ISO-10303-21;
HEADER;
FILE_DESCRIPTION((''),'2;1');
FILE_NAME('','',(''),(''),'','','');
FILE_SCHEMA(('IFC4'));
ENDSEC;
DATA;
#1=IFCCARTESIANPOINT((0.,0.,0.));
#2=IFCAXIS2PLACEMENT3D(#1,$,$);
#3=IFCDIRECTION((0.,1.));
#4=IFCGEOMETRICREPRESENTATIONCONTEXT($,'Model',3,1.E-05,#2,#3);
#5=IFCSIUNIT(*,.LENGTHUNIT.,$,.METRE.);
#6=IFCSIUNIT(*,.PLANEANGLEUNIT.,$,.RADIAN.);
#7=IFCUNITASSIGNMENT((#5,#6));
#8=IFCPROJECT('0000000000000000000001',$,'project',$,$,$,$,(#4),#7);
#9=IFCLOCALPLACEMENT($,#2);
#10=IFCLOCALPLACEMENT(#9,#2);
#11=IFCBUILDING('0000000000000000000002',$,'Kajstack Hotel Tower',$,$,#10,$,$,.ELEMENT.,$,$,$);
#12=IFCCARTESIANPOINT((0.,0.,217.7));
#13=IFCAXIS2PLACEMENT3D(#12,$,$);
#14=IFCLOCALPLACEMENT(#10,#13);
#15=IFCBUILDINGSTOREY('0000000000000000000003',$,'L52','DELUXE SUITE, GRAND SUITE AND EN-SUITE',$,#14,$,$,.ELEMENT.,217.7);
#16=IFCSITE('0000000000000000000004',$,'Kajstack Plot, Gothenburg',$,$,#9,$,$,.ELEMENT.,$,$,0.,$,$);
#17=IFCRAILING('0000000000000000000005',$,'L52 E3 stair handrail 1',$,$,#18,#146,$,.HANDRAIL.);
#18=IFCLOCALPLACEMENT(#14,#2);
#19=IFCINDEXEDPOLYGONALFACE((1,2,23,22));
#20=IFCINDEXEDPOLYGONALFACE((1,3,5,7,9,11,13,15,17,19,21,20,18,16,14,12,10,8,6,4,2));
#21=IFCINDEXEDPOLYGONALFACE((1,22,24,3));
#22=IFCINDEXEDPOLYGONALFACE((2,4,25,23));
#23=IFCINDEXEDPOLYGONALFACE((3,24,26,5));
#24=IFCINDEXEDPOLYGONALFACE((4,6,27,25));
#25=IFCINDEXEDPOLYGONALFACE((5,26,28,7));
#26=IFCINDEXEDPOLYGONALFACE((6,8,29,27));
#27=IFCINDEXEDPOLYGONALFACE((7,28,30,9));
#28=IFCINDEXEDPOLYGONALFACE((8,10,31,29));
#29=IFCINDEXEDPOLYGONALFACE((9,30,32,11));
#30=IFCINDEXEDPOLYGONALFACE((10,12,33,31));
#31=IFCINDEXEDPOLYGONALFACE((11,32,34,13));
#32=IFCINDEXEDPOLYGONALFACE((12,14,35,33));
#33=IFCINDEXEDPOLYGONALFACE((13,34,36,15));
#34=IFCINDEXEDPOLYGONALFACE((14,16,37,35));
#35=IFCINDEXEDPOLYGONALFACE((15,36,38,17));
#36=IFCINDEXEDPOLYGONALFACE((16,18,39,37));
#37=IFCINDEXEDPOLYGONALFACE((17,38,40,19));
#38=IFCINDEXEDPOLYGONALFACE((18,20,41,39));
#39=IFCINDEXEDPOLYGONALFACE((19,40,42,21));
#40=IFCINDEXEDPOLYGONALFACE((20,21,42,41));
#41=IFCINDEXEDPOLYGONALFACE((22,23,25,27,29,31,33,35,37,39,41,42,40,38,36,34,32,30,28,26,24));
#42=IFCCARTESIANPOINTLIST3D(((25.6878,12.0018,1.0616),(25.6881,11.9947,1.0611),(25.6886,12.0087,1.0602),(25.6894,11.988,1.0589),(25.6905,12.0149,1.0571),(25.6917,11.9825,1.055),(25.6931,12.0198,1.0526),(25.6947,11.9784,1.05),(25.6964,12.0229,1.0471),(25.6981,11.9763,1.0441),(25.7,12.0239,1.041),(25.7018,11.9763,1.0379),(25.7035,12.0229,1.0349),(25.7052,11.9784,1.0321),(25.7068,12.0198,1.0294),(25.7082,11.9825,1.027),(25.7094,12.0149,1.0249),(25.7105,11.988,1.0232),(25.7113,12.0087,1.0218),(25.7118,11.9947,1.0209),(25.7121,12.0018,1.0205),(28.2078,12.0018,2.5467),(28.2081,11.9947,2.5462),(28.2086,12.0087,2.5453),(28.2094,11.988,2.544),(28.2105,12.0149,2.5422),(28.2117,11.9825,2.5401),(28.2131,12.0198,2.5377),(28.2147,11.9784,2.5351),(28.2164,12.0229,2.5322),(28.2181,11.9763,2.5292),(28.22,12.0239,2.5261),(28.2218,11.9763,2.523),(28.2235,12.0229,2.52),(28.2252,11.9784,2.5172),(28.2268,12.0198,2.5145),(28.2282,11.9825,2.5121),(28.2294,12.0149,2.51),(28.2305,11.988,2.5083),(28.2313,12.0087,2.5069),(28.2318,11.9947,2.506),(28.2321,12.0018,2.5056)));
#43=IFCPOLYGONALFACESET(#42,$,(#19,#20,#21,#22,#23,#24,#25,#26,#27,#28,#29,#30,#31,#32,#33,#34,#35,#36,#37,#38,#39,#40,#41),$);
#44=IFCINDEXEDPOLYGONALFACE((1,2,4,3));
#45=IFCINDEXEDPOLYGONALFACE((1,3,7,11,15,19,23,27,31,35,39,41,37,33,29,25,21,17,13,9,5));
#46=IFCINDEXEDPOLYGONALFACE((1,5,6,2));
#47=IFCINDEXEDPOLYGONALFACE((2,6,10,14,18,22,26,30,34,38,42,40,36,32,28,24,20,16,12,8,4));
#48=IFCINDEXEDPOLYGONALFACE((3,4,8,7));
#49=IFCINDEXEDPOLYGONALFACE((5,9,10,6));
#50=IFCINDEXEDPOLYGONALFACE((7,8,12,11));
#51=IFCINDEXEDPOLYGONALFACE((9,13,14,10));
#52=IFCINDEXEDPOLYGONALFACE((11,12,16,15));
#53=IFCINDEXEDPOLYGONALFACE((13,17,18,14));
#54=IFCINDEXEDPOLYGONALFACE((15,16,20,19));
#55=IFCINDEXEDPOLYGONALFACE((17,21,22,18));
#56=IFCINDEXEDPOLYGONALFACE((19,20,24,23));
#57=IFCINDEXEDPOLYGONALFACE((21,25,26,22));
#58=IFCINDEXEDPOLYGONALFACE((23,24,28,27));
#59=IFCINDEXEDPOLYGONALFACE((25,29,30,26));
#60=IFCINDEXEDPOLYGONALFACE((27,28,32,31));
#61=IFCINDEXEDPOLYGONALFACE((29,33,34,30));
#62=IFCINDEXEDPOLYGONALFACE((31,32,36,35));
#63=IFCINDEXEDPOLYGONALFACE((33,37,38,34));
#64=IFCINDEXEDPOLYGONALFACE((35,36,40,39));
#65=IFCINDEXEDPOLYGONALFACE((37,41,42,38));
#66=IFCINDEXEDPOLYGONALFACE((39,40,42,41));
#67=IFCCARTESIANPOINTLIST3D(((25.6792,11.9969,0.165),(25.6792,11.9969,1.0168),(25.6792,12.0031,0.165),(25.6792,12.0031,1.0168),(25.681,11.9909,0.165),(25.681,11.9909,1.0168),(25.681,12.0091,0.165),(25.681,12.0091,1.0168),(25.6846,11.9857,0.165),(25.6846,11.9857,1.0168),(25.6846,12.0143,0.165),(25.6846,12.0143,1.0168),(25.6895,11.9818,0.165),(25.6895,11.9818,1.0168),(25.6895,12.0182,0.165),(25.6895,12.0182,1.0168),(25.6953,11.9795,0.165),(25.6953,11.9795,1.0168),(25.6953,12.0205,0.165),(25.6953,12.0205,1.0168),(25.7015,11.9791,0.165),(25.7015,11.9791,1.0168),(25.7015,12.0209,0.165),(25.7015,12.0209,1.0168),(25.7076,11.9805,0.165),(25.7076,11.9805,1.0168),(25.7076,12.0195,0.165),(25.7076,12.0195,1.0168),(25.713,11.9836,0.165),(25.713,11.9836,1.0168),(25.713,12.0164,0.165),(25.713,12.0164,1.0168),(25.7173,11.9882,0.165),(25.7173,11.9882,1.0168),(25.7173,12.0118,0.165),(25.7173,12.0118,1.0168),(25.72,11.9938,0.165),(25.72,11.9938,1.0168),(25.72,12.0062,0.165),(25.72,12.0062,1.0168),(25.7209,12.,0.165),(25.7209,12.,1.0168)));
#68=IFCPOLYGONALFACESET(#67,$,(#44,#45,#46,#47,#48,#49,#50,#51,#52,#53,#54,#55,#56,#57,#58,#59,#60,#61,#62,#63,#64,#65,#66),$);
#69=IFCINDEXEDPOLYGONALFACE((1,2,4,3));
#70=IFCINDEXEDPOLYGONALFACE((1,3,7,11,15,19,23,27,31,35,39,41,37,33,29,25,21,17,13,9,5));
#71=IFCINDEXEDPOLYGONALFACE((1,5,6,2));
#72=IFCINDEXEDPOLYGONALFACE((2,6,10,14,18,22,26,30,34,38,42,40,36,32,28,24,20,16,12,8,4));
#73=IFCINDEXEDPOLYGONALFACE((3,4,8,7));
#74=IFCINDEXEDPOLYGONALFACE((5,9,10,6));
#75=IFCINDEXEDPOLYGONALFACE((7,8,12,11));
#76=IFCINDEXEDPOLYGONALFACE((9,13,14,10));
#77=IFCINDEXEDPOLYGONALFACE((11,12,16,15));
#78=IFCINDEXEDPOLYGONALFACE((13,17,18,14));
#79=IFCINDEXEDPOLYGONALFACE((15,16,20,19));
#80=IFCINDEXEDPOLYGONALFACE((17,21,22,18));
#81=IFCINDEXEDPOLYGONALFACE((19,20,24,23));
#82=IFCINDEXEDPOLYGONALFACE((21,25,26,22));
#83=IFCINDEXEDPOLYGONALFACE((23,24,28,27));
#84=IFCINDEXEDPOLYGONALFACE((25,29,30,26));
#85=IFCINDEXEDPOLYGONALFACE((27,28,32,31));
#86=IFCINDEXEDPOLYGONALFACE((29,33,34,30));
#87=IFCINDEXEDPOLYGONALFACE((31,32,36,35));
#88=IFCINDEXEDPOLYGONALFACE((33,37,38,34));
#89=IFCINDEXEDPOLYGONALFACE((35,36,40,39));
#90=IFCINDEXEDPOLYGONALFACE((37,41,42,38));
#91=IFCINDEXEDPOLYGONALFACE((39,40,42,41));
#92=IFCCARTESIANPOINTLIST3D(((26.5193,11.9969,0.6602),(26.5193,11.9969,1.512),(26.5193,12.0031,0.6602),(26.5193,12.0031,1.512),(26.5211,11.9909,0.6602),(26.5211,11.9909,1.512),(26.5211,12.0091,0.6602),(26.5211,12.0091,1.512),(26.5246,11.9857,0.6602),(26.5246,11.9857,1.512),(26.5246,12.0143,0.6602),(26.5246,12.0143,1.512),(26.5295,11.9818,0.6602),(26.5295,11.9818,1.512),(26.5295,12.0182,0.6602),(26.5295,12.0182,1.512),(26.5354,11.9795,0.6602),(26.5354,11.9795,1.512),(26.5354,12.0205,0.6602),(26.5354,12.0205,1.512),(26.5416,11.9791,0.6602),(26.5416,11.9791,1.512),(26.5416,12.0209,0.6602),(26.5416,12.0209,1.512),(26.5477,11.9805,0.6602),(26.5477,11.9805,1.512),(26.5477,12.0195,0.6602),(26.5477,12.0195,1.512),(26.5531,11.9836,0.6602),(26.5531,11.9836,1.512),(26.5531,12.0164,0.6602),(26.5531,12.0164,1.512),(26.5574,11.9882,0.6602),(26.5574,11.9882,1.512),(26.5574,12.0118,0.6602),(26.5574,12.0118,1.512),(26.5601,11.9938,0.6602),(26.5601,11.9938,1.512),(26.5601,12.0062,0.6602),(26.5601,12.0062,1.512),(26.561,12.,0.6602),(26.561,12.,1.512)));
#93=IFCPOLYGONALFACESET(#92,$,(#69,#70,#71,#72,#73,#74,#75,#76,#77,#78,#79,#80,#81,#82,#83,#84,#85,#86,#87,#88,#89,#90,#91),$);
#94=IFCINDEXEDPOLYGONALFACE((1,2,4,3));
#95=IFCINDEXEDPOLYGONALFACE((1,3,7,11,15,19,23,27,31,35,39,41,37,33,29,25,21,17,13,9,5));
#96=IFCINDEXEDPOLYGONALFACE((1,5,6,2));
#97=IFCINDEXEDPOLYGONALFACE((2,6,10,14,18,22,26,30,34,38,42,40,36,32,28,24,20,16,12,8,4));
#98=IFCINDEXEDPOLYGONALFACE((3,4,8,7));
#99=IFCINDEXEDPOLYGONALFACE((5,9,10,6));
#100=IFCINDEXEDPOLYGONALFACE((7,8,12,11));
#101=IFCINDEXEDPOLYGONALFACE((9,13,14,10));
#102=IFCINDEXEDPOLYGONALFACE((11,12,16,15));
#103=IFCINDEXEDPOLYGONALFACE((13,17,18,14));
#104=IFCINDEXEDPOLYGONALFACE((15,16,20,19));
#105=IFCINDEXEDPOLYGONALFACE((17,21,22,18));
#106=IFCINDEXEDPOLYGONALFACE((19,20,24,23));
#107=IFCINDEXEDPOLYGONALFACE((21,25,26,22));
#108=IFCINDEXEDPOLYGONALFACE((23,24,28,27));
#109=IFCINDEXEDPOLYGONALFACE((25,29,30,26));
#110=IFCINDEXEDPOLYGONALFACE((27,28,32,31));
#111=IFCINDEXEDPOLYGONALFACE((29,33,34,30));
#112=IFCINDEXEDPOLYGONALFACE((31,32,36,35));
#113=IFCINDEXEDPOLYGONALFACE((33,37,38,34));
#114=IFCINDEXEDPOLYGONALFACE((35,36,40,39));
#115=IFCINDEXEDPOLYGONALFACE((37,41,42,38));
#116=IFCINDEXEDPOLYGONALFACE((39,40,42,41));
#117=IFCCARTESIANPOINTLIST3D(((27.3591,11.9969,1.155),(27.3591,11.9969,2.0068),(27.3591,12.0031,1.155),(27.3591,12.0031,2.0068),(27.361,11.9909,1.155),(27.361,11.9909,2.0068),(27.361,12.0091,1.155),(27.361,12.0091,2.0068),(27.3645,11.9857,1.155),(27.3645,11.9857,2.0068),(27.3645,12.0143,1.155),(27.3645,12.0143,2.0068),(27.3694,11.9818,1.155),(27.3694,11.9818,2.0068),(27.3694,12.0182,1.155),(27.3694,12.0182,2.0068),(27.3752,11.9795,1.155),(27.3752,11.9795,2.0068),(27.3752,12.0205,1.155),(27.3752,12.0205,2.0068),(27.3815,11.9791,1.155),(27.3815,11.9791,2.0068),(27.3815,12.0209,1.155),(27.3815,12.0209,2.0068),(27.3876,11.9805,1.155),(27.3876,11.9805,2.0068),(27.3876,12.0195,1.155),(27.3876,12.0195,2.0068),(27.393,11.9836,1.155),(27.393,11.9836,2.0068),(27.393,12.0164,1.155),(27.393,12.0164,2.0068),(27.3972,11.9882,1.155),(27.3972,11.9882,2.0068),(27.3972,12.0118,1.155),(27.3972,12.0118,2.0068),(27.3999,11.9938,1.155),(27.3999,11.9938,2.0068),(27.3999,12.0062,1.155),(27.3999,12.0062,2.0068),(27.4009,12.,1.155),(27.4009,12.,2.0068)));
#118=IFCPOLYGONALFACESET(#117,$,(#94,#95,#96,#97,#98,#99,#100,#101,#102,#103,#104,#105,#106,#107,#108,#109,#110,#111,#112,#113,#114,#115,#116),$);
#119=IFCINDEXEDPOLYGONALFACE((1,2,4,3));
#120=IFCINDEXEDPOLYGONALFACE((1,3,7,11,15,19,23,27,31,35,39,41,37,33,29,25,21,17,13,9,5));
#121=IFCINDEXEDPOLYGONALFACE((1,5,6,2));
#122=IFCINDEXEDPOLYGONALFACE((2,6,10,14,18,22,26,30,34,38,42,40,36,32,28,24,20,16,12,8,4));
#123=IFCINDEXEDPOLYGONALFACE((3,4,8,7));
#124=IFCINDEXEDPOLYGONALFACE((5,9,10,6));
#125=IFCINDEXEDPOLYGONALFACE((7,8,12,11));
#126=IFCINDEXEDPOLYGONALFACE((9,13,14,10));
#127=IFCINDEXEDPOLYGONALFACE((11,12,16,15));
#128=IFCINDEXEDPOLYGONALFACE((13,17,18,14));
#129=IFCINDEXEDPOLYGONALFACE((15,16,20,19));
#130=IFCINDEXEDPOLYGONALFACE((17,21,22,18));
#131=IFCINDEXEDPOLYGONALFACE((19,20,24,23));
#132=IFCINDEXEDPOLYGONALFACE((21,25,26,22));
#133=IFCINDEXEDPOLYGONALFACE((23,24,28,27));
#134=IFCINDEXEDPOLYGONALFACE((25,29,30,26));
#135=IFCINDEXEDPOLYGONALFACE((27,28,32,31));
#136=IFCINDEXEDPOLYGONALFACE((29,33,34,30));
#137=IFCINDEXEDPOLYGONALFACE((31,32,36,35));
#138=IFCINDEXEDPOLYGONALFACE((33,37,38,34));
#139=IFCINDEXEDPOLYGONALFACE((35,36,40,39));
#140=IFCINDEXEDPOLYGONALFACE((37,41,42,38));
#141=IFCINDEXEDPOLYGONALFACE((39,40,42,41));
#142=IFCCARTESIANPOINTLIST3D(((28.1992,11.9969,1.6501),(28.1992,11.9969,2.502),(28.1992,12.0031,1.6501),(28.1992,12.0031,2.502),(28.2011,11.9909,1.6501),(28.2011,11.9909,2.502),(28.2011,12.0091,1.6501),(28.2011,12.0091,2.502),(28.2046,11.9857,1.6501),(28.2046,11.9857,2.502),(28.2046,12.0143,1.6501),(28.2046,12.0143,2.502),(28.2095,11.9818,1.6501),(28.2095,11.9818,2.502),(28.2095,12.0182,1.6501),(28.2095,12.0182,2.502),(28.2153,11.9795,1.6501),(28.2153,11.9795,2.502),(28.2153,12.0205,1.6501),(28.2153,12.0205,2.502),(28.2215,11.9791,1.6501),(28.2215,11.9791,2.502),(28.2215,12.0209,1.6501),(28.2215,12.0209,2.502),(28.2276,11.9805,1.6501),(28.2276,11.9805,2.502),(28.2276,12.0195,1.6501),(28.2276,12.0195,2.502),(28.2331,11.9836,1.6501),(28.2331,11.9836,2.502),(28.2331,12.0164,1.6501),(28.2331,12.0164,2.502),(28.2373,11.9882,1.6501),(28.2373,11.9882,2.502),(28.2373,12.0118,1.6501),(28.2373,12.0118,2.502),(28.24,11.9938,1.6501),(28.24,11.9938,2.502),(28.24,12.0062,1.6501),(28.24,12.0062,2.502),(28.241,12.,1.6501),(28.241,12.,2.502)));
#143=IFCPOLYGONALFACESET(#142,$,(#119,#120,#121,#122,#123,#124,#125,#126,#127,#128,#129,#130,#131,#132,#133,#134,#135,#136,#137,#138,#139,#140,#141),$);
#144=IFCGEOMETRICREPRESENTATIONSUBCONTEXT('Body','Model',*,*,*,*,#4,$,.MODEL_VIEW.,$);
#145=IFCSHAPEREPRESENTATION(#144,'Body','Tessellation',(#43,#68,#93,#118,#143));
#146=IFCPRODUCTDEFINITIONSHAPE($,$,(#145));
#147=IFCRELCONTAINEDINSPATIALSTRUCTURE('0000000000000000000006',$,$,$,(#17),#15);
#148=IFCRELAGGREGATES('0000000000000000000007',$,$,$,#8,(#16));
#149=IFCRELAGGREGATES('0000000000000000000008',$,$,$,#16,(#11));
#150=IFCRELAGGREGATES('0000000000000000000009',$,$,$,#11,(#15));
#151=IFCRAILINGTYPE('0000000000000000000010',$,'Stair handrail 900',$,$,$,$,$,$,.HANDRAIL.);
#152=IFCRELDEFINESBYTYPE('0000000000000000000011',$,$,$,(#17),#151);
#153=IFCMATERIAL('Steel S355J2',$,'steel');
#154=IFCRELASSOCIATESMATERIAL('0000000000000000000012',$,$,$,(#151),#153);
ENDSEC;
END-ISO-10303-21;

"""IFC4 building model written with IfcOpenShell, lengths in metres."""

from ifc_helpers import new_model, si_unit, direction, frame, origin, origin_2d, place, context, subcontext, project, spatial, circle, extrude, material, type_object, element, save


model = new_model("IFC4")

# Units and contexts
model_context = context("Model", 3, precision=1e-05, world=origin(), true_north=direction((0.0, 1.0)))
body_context = subcontext(model_context, "Body", "Model", "MODEL_VIEW")
ifc_project = project(units=[si_unit("LENGTHUNIT", "METRE"), si_unit("PLANEANGLEUNIT", "RADIAN")], contexts=[model_context])

# Site, building, storey
site_placement = place(None, origin())
site = spatial("IfcSite", under=ifc_project, at=site_placement, Name="Kajstack Plot, Gothenburg", CompositionType="ELEMENT", RefElevation=0.0)
building_placement = place(site_placement, origin())
building = spatial("IfcBuilding", under=site, at=building_placement, Name="Kajstack Hotel Tower", CompositionType="ELEMENT")
storey_placement = place(building_placement, frame((0.0, 0.0, 217.7)))
storey = spatial("IfcBuildingStorey", under=building, at=storey_placement, Name="L52", Description="DELUXE SUITE, GRAND SUITE AND EN-SUITE", CompositionType="ELEMENT", Elevation=217.7)

# Railing
ifc_material_1 = material(Name="Steel S355J2", Category="steel")
railing_type_1 = type_object("IfcRailingType", Name="Stair handrail 900", PredefinedType="HANDRAIL", material=ifc_material_1)
railing_1_placement = place(storey_placement, frame((25.7, 12.0, 0.165)))
element("IfcRailing", 1, at=railing_1_placement, inside=storey, type_object=railing_type_1, Name="L52 E3 stair handrail 1", PredefinedType="HANDRAIL", context=body_context, shape_type="SweptSolid", body=[
    extrude(circle(Radius=0.0239, at=origin_2d()), frame((0.0, 0.0, 0.876), z_axis=(0.861524, 0.0, 0.507717), x_axis=(0.0, 1.0, 0.0)), (0.0, 0.0, 1.0), 2.925),
    extrude(circle(Radius=0.021, at=origin_2d()), origin(), (0.0, 0.0, 1.0), 0.8518),
    extrude(circle(Radius=0.021, at=origin_2d()), frame((0.8401, 0.0, 0.4951)), (0.0, 0.0, 1.0), 0.8518),
    extrude(circle(Radius=0.021, at=origin_2d()), frame((1.6799, 0.0, 0.99)), (0.0, 0.0, 1.0), 0.8518),
    extrude(circle(Radius=0.021, at=origin_2d()), frame((2.52, 0.0, 1.4851)), (0.0, 0.0, 1.0), 0.8518),
])

save(model, "model.ifc")
